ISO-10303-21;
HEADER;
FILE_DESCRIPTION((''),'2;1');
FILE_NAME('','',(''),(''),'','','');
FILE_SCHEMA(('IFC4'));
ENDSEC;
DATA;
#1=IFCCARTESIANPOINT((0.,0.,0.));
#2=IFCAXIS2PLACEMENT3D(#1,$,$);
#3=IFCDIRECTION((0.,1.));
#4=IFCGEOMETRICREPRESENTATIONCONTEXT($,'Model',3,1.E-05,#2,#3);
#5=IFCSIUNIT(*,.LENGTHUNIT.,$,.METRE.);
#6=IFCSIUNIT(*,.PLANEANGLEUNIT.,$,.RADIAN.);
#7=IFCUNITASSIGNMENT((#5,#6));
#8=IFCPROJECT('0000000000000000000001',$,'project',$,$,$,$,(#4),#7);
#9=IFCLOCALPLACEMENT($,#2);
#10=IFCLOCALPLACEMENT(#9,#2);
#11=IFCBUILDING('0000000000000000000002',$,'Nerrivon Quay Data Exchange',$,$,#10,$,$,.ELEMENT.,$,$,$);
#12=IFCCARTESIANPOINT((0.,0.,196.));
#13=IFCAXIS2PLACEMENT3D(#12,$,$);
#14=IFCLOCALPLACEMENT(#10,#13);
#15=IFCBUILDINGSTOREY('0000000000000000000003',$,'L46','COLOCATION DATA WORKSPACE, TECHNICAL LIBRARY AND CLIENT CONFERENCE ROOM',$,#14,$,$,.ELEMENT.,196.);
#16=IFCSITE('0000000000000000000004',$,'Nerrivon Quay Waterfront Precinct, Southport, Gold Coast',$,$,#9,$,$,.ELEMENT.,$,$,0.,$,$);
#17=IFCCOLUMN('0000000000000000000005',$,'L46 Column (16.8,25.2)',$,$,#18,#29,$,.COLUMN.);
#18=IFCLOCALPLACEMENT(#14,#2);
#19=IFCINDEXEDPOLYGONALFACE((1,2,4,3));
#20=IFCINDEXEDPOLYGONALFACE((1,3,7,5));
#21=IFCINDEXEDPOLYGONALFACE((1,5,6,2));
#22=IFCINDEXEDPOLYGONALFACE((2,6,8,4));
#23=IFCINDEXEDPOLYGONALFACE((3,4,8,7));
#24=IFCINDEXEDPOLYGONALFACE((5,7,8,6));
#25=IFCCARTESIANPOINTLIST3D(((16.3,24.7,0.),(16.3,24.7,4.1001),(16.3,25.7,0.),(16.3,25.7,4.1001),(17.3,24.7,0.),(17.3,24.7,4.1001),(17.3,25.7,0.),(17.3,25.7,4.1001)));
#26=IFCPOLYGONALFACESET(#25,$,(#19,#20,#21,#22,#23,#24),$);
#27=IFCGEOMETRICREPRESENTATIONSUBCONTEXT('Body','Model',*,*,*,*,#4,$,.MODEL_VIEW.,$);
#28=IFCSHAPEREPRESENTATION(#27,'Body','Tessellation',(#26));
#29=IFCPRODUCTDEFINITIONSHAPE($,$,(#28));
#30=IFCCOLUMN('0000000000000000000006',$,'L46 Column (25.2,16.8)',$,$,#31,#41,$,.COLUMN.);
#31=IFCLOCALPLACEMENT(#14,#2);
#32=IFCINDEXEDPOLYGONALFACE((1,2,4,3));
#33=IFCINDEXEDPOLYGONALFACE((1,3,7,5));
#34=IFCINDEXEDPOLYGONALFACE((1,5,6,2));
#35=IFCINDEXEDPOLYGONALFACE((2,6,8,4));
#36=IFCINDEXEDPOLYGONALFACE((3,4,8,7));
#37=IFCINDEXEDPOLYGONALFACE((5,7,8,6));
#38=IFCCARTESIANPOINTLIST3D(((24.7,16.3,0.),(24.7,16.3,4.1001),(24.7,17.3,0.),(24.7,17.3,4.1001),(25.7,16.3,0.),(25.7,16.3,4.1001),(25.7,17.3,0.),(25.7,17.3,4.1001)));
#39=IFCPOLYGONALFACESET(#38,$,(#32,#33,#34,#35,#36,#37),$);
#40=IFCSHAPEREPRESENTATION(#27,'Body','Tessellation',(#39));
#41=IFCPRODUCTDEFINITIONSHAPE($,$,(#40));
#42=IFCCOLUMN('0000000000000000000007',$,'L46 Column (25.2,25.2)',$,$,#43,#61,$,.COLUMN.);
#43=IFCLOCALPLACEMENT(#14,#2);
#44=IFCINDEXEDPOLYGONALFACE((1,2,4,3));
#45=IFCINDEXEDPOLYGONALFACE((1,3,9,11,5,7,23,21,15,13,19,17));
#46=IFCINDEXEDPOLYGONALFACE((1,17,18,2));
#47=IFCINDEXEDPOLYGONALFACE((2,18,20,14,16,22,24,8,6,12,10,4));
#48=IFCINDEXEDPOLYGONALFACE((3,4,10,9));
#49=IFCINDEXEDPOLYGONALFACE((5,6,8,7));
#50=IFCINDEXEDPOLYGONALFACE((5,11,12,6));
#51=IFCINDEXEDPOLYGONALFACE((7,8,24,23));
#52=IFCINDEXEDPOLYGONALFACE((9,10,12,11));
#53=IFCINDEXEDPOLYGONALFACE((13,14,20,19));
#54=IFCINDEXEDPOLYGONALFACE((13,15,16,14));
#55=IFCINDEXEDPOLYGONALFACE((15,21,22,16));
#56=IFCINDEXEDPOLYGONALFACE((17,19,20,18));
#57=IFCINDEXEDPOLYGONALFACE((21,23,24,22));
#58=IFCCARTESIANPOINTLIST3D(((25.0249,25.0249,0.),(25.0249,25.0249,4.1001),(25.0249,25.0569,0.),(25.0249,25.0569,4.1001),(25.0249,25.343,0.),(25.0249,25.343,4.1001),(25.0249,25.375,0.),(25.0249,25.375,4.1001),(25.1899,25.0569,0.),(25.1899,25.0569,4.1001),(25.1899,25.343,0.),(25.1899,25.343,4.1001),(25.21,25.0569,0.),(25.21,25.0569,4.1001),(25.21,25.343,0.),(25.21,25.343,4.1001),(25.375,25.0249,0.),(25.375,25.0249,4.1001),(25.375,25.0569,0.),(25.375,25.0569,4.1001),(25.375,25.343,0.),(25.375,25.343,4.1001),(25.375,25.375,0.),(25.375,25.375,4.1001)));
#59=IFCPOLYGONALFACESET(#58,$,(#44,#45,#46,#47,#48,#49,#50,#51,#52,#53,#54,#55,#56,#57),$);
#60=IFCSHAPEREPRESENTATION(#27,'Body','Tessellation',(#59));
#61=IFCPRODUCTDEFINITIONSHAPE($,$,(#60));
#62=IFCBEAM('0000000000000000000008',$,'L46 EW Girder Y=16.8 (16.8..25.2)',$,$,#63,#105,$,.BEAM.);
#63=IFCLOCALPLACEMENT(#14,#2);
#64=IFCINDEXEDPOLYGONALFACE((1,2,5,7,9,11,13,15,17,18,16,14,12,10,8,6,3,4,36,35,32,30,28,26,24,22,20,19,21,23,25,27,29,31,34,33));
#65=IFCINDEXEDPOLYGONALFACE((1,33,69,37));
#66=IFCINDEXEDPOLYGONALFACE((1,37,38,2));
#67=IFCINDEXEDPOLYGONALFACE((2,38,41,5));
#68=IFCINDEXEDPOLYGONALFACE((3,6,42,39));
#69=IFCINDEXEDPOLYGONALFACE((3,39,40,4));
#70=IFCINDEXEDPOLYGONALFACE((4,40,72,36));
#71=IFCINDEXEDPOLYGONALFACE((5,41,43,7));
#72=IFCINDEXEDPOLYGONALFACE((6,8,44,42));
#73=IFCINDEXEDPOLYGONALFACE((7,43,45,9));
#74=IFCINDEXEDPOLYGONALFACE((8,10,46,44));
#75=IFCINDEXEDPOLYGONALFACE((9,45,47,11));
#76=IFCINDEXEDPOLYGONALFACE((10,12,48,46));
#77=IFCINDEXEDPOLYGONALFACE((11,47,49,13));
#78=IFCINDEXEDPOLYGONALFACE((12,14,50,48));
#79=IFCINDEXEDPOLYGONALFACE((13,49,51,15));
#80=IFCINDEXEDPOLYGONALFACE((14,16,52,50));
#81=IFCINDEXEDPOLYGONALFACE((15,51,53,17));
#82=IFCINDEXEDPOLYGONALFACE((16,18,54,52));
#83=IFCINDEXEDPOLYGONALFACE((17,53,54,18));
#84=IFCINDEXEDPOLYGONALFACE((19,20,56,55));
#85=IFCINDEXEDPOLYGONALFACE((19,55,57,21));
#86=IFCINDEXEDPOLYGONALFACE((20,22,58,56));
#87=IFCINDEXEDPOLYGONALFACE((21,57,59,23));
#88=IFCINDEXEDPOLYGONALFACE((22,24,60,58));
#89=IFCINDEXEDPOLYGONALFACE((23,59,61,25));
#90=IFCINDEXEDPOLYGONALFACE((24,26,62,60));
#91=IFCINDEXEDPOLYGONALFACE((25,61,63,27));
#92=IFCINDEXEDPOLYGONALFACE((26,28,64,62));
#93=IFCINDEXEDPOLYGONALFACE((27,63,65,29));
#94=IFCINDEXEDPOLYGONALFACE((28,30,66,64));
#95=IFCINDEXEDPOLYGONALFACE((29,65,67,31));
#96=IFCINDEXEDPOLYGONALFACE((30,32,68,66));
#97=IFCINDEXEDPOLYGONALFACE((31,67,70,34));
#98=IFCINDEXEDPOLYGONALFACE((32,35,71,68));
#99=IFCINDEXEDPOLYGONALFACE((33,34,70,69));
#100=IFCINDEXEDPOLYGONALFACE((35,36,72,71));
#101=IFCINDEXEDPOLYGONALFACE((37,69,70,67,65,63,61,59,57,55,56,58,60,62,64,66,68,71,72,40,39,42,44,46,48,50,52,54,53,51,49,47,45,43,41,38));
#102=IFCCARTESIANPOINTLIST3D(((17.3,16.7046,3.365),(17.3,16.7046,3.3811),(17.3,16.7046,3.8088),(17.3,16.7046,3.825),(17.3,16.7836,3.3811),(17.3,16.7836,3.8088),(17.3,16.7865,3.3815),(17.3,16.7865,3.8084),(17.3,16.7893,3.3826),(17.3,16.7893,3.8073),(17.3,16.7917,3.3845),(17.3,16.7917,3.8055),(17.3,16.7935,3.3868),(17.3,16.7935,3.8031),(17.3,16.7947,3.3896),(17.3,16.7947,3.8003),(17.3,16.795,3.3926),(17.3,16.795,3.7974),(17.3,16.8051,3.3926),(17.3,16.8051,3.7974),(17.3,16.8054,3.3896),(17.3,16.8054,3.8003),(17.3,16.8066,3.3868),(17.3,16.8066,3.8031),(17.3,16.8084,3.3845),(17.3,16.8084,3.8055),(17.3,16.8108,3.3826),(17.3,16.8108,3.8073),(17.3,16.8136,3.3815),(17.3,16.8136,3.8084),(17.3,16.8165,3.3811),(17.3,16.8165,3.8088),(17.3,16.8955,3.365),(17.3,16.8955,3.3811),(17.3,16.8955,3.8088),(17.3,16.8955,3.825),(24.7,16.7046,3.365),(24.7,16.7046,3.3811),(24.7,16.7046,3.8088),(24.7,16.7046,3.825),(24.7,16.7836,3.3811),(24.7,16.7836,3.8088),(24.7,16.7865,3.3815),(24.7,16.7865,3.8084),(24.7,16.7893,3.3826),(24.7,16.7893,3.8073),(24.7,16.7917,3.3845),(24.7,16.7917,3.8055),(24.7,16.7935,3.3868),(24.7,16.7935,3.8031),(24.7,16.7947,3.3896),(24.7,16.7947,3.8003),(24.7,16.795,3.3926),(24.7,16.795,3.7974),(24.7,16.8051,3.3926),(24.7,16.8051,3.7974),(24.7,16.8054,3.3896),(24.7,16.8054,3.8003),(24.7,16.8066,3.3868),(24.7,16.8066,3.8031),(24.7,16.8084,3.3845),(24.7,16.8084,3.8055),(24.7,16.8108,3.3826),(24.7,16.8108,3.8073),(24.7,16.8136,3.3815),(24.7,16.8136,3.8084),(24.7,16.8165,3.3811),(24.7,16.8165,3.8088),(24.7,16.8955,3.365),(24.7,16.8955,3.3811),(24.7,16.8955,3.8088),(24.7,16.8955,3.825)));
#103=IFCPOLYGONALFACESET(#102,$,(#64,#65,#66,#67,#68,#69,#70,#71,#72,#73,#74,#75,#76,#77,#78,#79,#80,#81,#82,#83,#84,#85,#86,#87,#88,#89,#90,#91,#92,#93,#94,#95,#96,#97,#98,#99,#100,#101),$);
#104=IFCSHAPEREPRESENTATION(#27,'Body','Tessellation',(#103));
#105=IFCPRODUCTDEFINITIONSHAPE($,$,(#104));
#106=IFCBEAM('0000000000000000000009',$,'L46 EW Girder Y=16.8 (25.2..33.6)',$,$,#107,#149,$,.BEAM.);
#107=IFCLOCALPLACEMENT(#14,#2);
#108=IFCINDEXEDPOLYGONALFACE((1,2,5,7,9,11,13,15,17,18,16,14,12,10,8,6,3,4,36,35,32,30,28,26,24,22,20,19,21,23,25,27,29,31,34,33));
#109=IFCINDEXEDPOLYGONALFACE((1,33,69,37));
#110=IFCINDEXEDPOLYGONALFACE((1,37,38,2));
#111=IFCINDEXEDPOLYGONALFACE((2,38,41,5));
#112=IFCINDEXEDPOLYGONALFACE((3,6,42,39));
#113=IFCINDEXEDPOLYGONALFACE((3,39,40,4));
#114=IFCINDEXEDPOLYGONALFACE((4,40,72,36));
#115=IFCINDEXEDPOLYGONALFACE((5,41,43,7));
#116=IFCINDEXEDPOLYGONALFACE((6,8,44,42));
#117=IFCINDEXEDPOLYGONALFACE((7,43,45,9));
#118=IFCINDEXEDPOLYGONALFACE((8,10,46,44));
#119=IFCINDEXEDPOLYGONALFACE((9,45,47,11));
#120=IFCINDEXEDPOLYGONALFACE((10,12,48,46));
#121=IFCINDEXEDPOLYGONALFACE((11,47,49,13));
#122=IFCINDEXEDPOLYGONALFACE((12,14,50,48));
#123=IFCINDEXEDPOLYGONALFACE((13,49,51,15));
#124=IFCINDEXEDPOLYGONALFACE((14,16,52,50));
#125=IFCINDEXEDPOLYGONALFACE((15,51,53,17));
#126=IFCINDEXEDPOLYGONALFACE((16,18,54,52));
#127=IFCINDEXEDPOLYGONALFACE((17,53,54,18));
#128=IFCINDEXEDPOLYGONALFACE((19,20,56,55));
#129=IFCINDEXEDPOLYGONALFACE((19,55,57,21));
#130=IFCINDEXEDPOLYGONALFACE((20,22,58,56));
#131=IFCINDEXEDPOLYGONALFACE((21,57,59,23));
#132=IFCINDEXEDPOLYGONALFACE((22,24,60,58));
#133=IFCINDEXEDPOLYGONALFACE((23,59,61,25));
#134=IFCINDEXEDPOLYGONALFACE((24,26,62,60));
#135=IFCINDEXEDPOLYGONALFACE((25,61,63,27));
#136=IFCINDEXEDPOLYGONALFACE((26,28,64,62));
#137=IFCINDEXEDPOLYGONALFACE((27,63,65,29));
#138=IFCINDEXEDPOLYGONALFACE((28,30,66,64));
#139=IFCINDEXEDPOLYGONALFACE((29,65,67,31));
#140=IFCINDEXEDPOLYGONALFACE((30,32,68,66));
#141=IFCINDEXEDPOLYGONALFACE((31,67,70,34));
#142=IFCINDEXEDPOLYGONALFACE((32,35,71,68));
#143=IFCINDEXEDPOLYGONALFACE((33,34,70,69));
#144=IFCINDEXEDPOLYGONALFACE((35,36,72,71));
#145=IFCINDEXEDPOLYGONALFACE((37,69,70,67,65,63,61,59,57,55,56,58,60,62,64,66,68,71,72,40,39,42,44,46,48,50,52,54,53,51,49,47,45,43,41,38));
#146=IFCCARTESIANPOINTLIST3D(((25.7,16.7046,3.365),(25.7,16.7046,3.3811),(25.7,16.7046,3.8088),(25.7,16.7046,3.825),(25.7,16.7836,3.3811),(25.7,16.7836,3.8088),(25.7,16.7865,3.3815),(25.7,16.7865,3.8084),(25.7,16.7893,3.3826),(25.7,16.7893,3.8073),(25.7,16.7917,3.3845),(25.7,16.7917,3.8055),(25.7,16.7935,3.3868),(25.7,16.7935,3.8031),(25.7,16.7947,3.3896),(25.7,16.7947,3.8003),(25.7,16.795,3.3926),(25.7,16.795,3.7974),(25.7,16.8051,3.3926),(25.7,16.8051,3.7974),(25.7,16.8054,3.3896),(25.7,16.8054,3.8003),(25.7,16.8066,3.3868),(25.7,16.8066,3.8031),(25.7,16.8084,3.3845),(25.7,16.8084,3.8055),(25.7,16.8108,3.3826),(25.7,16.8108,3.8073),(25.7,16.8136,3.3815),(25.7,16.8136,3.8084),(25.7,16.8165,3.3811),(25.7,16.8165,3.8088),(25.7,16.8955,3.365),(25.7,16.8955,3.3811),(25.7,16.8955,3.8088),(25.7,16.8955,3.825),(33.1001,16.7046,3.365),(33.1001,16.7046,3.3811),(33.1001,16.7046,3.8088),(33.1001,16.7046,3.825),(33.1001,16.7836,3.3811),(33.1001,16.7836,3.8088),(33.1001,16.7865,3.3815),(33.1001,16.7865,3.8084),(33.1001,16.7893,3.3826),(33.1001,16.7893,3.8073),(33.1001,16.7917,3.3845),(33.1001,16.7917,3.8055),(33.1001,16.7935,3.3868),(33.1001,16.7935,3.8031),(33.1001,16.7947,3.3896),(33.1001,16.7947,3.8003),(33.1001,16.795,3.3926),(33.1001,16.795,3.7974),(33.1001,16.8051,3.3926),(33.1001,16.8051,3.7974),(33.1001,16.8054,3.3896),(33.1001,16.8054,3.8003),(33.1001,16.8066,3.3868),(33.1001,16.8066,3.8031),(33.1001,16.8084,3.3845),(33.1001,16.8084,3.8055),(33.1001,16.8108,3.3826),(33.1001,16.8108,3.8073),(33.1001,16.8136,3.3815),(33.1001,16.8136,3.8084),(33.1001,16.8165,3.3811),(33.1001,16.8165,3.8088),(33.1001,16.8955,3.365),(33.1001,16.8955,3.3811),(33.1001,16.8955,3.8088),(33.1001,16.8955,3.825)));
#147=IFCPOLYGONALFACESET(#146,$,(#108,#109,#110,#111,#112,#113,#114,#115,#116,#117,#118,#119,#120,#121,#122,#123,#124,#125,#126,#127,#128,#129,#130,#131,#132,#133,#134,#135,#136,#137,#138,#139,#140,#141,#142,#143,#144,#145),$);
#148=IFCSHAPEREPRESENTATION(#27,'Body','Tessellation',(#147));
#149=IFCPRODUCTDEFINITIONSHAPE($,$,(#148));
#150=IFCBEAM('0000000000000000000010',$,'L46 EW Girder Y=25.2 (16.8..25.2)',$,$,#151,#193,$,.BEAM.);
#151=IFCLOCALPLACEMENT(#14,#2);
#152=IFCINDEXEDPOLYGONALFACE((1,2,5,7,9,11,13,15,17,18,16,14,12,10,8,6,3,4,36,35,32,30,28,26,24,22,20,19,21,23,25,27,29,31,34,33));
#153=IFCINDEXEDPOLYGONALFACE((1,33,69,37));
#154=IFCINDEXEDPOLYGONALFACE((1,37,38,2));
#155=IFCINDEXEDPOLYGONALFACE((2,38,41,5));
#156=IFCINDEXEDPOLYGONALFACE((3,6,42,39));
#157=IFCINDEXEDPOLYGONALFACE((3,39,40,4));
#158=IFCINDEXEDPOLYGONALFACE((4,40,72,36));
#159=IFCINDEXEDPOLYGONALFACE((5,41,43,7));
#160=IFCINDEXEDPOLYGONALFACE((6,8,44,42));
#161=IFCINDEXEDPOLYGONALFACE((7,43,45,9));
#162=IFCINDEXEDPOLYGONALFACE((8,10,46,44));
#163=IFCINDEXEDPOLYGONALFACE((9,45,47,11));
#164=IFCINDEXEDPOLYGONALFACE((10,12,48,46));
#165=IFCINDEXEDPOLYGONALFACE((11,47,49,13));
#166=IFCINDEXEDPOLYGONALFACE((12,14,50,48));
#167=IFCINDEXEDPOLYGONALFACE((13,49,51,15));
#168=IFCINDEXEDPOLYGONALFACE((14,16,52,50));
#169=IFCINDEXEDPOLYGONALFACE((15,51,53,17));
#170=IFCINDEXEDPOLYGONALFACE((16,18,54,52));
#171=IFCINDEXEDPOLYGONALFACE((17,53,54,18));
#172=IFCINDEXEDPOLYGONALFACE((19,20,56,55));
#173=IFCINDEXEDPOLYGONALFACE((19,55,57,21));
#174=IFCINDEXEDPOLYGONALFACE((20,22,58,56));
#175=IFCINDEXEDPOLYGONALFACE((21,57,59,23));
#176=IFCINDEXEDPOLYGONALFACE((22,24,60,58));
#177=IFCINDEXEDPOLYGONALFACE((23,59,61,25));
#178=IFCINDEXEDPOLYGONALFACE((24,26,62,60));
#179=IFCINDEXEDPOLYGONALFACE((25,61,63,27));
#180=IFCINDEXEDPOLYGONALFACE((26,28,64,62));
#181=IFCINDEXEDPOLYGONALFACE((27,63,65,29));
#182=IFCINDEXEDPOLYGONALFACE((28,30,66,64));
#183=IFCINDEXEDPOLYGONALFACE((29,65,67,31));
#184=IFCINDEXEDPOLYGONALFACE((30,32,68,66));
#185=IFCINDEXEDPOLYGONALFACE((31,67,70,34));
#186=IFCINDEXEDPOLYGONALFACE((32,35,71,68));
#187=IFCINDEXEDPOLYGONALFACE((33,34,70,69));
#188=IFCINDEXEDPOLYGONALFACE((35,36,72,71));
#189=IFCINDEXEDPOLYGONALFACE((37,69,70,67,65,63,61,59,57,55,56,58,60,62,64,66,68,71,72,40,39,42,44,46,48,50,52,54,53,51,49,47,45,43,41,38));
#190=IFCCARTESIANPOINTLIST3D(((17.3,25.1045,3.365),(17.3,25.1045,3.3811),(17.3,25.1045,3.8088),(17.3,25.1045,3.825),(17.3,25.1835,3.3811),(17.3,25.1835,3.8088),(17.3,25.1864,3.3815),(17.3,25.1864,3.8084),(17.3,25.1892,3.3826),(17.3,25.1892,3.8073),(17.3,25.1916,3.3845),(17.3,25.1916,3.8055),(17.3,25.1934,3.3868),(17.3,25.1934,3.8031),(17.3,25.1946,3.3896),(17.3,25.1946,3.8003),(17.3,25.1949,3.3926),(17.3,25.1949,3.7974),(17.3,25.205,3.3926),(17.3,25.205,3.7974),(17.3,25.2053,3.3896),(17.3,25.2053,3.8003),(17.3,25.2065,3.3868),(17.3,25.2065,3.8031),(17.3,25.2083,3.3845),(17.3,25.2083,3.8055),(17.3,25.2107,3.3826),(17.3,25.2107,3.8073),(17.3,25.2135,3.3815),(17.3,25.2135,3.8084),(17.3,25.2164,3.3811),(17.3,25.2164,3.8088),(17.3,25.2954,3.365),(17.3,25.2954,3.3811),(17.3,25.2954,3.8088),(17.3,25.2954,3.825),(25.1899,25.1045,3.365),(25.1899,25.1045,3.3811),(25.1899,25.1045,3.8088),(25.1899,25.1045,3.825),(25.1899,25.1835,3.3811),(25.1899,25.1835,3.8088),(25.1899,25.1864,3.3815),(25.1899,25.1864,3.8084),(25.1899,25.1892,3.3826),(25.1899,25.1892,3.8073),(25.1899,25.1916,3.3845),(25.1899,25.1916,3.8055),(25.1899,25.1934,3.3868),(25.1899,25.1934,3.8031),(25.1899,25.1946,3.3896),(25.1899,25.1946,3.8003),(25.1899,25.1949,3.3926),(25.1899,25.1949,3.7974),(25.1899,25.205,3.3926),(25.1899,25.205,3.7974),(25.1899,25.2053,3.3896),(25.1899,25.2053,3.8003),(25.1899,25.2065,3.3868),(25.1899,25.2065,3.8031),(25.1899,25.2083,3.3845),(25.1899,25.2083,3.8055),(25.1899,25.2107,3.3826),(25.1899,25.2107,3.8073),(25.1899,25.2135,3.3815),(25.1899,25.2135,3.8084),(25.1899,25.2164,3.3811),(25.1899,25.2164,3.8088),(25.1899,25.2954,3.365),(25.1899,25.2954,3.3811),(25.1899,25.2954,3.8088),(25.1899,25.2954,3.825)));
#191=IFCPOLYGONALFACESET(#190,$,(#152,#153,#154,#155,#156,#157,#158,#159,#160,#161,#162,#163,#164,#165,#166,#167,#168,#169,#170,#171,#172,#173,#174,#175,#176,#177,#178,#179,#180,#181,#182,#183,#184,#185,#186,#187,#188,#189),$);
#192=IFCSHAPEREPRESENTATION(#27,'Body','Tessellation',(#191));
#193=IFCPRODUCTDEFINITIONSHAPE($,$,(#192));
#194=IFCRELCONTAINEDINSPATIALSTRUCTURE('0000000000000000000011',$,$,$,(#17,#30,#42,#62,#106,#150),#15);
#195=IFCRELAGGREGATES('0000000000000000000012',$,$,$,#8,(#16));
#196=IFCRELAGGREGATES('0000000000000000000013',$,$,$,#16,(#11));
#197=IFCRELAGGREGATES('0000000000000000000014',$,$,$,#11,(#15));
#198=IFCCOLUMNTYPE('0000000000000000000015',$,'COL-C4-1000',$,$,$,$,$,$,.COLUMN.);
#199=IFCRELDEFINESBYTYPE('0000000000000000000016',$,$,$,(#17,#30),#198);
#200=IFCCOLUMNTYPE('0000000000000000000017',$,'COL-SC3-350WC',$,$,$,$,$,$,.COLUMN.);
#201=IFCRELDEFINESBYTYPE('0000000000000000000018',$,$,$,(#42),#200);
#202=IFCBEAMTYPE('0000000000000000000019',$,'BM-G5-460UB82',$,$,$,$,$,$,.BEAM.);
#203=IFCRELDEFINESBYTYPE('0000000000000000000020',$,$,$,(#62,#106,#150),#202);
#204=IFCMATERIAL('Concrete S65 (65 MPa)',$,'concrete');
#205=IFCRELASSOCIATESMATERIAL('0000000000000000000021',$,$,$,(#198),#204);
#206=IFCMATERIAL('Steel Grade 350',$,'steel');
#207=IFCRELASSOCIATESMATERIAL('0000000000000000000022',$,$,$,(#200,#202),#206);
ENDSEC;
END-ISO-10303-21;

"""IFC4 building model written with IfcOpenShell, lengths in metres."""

from ifc_helpers import new_model, si_unit, direction, frame, origin, origin_2d, place, context, subcontext, project, spatial, rectangle, i_section, extrude, material, material_profile, profile_set, type_object, element, save


model = new_model("IFC4")

# Units and contexts
model_context = context("Model", 3, precision=1e-05, world=origin(), true_north=direction((0.0, 1.0)))
body_context = subcontext(model_context, "Body", "Model", "MODEL_VIEW")
ifc_project = project(units=[si_unit("LENGTHUNIT", "METRE"), si_unit("PLANEANGLEUNIT", "RADIAN")], contexts=[model_context])

# Site, building, storey
site_placement = place(None, origin())
site = spatial("IfcSite", under=ifc_project, at=site_placement, Name="Nerrivon Quay Waterfront Precinct, Southport, Gold Coast", CompositionType="ELEMENT", RefElevation=0.0)
building_placement = place(site_placement, origin())
building = spatial("IfcBuilding", under=site, at=building_placement, Name="Nerrivon Quay Data Exchange", CompositionType="ELEMENT")
storey_placement = place(building_placement, frame((0.0, 0.0, 196.0)))
storey = spatial("IfcBuildingStorey", under=building, at=storey_placement, Name="L46", Description="COLOCATION DATA WORKSPACE, TECHNICAL LIBRARY AND CLIENT CONFERENCE ROOM", CompositionType="ELEMENT", Elevation=196.0)

# Columns
ifc_material_1 = material(Name="Concrete S65 (65 MPa)", Category="concrete")
ifc_material_profile_1 = material_profile(ifc_material_1, rectangle(XDim=1.0, YDim=1.0, at=origin_2d()), Name="RC-COL-1000x1000")
ifc_profile_set_1 = profile_set([ifc_material_profile_1], Name="Concrete S65 (65 MPa)")
column_type_1 = type_object("IfcColumnType", Name="COL-C4-1000", PredefinedType="COLUMN", material=ifc_profile_set_1)
for number, where, z_axis, x_axis, name in (
    (1, (16.8, 25.2, 0.0), (0.0, 0.0, 1.0), (1.0, 0.0, 0.0), "L46 Column (16.8,25.2)"),
    (2, (25.2, 16.8, 0.0), (0.0, 0.0, 1.0), (1.0, 0.0, 0.0), "L46 Column (25.2,16.8)"),
):
    element("IfcColumn", number, at=place(storey_placement, frame(where, z_axis=z_axis, x_axis=x_axis)), inside=storey, type_object=column_type_1, Name=name, PredefinedType="COLUMN", context=body_context, shape_type="SweptSolid", body=[
        extrude(rectangle(XDim=1.0, YDim=1.0, at=origin_2d()), origin(), (0.0, 0.0, 1.0), 4.1001),
    ])
ifc_material_2 = material(Name="Steel Grade 350", Category="steel")
ifc_material_profile_2 = material_profile(ifc_material_2, i_section(OverallWidth=0.3501, OverallDepth=0.3501, WebThickness=0.02, FlangeThickness=0.032, at=origin_2d()), Name="350WC230")
ifc_profile_set_2 = profile_set([ifc_material_profile_2], Name="Steel Grade 350")
column_type_2 = type_object("IfcColumnType", Name="COL-SC3-350WC", PredefinedType="COLUMN", material=ifc_profile_set_2)
column_placement = place(storey_placement, frame((25.2, 25.2, 0.0), z_axis=(0.0, 0.0, 1.0), x_axis=(1.0, 0.0, 0.0)))
element("IfcColumn", 3, at=column_placement, inside=storey, type_object=column_type_2, Name="L46 Column (25.2,25.2)", PredefinedType="COLUMN", context=body_context, shape_type="SweptSolid", body=[
    extrude(i_section(OverallWidth=0.3501, OverallDepth=0.3501, WebThickness=0.02, FlangeThickness=0.032, at=origin_2d()), origin(), (0.0, 0.0, 1.0), 4.1001),
])

# Beams
ifc_material_profile_3 = material_profile(ifc_material_2, i_section(OverallWidth=0.1909, OverallDepth=0.46, WebThickness=0.01, FlangeThickness=0.0161, FilletRadius=0.0115, at=origin_2d()), Name="460UB82.1")
ifc_profile_set_3 = profile_set([ifc_material_profile_3], Name="Steel Grade 350")
beam_type_1 = type_object("IfcBeamType", Name="BM-G5-460UB82", PredefinedType="BEAM", material=ifc_profile_set_3)
beam_1_placement = place(storey_placement, frame((17.3, 16.8, 3.595), z_axis=(1.0, 0.0, 0.0), x_axis=(0.0, 1.0, 0.0)))
element("IfcBeam", 4, at=beam_1_placement, inside=storey, type_object=beam_type_1, Name="L46 EW Girder Y=16.8 (16.8..25.2)", PredefinedType="BEAM", context=body_context, shape_type="SweptSolid", body=[
    extrude(i_section(OverallWidth=0.1909, OverallDepth=0.46, WebThickness=0.01, FlangeThickness=0.0161, FilletRadius=0.0115, at=origin_2d()), origin(), (0.0, 0.0, 1.0), 7.3999),
])
beam_2_placement = place(storey_placement, frame((25.7, 16.8, 3.595), z_axis=(1.0, 0.0, 0.0), x_axis=(0.0, 1.0, 0.0)))
element("IfcBeam", 5, at=beam_2_placement, inside=storey, type_object=beam_type_1, Name="L46 EW Girder Y=16.8 (25.2..33.6)", PredefinedType="BEAM", context=body_context, shape_type="SweptSolid", body=[
    extrude(i_section(OverallWidth=0.1909, OverallDepth=0.46, WebThickness=0.01, FlangeThickness=0.0161, FilletRadius=0.0115, at=origin_2d()), origin(), (0.0, 0.0, 1.0), 7.4001),
])
beam_3_placement = place(storey_placement, frame((17.3, 25.2, 3.595), z_axis=(1.0, 0.0, 0.0), x_axis=(0.0, 1.0, 0.0)))
element("IfcBeam", 6, at=beam_3_placement, inside=storey, type_object=beam_type_1, Name="L46 EW Girder Y=25.2 (16.8..25.2)", PredefinedType="BEAM", context=body_context, shape_type="SweptSolid", body=[
    extrude(i_section(OverallWidth=0.1909, OverallDepth=0.46, WebThickness=0.01, FlangeThickness=0.0161, FilletRadius=0.0115, at=origin_2d()), origin(), (0.0, 0.0, 1.0), 7.8899),
])

save(model, "model.ifc")
